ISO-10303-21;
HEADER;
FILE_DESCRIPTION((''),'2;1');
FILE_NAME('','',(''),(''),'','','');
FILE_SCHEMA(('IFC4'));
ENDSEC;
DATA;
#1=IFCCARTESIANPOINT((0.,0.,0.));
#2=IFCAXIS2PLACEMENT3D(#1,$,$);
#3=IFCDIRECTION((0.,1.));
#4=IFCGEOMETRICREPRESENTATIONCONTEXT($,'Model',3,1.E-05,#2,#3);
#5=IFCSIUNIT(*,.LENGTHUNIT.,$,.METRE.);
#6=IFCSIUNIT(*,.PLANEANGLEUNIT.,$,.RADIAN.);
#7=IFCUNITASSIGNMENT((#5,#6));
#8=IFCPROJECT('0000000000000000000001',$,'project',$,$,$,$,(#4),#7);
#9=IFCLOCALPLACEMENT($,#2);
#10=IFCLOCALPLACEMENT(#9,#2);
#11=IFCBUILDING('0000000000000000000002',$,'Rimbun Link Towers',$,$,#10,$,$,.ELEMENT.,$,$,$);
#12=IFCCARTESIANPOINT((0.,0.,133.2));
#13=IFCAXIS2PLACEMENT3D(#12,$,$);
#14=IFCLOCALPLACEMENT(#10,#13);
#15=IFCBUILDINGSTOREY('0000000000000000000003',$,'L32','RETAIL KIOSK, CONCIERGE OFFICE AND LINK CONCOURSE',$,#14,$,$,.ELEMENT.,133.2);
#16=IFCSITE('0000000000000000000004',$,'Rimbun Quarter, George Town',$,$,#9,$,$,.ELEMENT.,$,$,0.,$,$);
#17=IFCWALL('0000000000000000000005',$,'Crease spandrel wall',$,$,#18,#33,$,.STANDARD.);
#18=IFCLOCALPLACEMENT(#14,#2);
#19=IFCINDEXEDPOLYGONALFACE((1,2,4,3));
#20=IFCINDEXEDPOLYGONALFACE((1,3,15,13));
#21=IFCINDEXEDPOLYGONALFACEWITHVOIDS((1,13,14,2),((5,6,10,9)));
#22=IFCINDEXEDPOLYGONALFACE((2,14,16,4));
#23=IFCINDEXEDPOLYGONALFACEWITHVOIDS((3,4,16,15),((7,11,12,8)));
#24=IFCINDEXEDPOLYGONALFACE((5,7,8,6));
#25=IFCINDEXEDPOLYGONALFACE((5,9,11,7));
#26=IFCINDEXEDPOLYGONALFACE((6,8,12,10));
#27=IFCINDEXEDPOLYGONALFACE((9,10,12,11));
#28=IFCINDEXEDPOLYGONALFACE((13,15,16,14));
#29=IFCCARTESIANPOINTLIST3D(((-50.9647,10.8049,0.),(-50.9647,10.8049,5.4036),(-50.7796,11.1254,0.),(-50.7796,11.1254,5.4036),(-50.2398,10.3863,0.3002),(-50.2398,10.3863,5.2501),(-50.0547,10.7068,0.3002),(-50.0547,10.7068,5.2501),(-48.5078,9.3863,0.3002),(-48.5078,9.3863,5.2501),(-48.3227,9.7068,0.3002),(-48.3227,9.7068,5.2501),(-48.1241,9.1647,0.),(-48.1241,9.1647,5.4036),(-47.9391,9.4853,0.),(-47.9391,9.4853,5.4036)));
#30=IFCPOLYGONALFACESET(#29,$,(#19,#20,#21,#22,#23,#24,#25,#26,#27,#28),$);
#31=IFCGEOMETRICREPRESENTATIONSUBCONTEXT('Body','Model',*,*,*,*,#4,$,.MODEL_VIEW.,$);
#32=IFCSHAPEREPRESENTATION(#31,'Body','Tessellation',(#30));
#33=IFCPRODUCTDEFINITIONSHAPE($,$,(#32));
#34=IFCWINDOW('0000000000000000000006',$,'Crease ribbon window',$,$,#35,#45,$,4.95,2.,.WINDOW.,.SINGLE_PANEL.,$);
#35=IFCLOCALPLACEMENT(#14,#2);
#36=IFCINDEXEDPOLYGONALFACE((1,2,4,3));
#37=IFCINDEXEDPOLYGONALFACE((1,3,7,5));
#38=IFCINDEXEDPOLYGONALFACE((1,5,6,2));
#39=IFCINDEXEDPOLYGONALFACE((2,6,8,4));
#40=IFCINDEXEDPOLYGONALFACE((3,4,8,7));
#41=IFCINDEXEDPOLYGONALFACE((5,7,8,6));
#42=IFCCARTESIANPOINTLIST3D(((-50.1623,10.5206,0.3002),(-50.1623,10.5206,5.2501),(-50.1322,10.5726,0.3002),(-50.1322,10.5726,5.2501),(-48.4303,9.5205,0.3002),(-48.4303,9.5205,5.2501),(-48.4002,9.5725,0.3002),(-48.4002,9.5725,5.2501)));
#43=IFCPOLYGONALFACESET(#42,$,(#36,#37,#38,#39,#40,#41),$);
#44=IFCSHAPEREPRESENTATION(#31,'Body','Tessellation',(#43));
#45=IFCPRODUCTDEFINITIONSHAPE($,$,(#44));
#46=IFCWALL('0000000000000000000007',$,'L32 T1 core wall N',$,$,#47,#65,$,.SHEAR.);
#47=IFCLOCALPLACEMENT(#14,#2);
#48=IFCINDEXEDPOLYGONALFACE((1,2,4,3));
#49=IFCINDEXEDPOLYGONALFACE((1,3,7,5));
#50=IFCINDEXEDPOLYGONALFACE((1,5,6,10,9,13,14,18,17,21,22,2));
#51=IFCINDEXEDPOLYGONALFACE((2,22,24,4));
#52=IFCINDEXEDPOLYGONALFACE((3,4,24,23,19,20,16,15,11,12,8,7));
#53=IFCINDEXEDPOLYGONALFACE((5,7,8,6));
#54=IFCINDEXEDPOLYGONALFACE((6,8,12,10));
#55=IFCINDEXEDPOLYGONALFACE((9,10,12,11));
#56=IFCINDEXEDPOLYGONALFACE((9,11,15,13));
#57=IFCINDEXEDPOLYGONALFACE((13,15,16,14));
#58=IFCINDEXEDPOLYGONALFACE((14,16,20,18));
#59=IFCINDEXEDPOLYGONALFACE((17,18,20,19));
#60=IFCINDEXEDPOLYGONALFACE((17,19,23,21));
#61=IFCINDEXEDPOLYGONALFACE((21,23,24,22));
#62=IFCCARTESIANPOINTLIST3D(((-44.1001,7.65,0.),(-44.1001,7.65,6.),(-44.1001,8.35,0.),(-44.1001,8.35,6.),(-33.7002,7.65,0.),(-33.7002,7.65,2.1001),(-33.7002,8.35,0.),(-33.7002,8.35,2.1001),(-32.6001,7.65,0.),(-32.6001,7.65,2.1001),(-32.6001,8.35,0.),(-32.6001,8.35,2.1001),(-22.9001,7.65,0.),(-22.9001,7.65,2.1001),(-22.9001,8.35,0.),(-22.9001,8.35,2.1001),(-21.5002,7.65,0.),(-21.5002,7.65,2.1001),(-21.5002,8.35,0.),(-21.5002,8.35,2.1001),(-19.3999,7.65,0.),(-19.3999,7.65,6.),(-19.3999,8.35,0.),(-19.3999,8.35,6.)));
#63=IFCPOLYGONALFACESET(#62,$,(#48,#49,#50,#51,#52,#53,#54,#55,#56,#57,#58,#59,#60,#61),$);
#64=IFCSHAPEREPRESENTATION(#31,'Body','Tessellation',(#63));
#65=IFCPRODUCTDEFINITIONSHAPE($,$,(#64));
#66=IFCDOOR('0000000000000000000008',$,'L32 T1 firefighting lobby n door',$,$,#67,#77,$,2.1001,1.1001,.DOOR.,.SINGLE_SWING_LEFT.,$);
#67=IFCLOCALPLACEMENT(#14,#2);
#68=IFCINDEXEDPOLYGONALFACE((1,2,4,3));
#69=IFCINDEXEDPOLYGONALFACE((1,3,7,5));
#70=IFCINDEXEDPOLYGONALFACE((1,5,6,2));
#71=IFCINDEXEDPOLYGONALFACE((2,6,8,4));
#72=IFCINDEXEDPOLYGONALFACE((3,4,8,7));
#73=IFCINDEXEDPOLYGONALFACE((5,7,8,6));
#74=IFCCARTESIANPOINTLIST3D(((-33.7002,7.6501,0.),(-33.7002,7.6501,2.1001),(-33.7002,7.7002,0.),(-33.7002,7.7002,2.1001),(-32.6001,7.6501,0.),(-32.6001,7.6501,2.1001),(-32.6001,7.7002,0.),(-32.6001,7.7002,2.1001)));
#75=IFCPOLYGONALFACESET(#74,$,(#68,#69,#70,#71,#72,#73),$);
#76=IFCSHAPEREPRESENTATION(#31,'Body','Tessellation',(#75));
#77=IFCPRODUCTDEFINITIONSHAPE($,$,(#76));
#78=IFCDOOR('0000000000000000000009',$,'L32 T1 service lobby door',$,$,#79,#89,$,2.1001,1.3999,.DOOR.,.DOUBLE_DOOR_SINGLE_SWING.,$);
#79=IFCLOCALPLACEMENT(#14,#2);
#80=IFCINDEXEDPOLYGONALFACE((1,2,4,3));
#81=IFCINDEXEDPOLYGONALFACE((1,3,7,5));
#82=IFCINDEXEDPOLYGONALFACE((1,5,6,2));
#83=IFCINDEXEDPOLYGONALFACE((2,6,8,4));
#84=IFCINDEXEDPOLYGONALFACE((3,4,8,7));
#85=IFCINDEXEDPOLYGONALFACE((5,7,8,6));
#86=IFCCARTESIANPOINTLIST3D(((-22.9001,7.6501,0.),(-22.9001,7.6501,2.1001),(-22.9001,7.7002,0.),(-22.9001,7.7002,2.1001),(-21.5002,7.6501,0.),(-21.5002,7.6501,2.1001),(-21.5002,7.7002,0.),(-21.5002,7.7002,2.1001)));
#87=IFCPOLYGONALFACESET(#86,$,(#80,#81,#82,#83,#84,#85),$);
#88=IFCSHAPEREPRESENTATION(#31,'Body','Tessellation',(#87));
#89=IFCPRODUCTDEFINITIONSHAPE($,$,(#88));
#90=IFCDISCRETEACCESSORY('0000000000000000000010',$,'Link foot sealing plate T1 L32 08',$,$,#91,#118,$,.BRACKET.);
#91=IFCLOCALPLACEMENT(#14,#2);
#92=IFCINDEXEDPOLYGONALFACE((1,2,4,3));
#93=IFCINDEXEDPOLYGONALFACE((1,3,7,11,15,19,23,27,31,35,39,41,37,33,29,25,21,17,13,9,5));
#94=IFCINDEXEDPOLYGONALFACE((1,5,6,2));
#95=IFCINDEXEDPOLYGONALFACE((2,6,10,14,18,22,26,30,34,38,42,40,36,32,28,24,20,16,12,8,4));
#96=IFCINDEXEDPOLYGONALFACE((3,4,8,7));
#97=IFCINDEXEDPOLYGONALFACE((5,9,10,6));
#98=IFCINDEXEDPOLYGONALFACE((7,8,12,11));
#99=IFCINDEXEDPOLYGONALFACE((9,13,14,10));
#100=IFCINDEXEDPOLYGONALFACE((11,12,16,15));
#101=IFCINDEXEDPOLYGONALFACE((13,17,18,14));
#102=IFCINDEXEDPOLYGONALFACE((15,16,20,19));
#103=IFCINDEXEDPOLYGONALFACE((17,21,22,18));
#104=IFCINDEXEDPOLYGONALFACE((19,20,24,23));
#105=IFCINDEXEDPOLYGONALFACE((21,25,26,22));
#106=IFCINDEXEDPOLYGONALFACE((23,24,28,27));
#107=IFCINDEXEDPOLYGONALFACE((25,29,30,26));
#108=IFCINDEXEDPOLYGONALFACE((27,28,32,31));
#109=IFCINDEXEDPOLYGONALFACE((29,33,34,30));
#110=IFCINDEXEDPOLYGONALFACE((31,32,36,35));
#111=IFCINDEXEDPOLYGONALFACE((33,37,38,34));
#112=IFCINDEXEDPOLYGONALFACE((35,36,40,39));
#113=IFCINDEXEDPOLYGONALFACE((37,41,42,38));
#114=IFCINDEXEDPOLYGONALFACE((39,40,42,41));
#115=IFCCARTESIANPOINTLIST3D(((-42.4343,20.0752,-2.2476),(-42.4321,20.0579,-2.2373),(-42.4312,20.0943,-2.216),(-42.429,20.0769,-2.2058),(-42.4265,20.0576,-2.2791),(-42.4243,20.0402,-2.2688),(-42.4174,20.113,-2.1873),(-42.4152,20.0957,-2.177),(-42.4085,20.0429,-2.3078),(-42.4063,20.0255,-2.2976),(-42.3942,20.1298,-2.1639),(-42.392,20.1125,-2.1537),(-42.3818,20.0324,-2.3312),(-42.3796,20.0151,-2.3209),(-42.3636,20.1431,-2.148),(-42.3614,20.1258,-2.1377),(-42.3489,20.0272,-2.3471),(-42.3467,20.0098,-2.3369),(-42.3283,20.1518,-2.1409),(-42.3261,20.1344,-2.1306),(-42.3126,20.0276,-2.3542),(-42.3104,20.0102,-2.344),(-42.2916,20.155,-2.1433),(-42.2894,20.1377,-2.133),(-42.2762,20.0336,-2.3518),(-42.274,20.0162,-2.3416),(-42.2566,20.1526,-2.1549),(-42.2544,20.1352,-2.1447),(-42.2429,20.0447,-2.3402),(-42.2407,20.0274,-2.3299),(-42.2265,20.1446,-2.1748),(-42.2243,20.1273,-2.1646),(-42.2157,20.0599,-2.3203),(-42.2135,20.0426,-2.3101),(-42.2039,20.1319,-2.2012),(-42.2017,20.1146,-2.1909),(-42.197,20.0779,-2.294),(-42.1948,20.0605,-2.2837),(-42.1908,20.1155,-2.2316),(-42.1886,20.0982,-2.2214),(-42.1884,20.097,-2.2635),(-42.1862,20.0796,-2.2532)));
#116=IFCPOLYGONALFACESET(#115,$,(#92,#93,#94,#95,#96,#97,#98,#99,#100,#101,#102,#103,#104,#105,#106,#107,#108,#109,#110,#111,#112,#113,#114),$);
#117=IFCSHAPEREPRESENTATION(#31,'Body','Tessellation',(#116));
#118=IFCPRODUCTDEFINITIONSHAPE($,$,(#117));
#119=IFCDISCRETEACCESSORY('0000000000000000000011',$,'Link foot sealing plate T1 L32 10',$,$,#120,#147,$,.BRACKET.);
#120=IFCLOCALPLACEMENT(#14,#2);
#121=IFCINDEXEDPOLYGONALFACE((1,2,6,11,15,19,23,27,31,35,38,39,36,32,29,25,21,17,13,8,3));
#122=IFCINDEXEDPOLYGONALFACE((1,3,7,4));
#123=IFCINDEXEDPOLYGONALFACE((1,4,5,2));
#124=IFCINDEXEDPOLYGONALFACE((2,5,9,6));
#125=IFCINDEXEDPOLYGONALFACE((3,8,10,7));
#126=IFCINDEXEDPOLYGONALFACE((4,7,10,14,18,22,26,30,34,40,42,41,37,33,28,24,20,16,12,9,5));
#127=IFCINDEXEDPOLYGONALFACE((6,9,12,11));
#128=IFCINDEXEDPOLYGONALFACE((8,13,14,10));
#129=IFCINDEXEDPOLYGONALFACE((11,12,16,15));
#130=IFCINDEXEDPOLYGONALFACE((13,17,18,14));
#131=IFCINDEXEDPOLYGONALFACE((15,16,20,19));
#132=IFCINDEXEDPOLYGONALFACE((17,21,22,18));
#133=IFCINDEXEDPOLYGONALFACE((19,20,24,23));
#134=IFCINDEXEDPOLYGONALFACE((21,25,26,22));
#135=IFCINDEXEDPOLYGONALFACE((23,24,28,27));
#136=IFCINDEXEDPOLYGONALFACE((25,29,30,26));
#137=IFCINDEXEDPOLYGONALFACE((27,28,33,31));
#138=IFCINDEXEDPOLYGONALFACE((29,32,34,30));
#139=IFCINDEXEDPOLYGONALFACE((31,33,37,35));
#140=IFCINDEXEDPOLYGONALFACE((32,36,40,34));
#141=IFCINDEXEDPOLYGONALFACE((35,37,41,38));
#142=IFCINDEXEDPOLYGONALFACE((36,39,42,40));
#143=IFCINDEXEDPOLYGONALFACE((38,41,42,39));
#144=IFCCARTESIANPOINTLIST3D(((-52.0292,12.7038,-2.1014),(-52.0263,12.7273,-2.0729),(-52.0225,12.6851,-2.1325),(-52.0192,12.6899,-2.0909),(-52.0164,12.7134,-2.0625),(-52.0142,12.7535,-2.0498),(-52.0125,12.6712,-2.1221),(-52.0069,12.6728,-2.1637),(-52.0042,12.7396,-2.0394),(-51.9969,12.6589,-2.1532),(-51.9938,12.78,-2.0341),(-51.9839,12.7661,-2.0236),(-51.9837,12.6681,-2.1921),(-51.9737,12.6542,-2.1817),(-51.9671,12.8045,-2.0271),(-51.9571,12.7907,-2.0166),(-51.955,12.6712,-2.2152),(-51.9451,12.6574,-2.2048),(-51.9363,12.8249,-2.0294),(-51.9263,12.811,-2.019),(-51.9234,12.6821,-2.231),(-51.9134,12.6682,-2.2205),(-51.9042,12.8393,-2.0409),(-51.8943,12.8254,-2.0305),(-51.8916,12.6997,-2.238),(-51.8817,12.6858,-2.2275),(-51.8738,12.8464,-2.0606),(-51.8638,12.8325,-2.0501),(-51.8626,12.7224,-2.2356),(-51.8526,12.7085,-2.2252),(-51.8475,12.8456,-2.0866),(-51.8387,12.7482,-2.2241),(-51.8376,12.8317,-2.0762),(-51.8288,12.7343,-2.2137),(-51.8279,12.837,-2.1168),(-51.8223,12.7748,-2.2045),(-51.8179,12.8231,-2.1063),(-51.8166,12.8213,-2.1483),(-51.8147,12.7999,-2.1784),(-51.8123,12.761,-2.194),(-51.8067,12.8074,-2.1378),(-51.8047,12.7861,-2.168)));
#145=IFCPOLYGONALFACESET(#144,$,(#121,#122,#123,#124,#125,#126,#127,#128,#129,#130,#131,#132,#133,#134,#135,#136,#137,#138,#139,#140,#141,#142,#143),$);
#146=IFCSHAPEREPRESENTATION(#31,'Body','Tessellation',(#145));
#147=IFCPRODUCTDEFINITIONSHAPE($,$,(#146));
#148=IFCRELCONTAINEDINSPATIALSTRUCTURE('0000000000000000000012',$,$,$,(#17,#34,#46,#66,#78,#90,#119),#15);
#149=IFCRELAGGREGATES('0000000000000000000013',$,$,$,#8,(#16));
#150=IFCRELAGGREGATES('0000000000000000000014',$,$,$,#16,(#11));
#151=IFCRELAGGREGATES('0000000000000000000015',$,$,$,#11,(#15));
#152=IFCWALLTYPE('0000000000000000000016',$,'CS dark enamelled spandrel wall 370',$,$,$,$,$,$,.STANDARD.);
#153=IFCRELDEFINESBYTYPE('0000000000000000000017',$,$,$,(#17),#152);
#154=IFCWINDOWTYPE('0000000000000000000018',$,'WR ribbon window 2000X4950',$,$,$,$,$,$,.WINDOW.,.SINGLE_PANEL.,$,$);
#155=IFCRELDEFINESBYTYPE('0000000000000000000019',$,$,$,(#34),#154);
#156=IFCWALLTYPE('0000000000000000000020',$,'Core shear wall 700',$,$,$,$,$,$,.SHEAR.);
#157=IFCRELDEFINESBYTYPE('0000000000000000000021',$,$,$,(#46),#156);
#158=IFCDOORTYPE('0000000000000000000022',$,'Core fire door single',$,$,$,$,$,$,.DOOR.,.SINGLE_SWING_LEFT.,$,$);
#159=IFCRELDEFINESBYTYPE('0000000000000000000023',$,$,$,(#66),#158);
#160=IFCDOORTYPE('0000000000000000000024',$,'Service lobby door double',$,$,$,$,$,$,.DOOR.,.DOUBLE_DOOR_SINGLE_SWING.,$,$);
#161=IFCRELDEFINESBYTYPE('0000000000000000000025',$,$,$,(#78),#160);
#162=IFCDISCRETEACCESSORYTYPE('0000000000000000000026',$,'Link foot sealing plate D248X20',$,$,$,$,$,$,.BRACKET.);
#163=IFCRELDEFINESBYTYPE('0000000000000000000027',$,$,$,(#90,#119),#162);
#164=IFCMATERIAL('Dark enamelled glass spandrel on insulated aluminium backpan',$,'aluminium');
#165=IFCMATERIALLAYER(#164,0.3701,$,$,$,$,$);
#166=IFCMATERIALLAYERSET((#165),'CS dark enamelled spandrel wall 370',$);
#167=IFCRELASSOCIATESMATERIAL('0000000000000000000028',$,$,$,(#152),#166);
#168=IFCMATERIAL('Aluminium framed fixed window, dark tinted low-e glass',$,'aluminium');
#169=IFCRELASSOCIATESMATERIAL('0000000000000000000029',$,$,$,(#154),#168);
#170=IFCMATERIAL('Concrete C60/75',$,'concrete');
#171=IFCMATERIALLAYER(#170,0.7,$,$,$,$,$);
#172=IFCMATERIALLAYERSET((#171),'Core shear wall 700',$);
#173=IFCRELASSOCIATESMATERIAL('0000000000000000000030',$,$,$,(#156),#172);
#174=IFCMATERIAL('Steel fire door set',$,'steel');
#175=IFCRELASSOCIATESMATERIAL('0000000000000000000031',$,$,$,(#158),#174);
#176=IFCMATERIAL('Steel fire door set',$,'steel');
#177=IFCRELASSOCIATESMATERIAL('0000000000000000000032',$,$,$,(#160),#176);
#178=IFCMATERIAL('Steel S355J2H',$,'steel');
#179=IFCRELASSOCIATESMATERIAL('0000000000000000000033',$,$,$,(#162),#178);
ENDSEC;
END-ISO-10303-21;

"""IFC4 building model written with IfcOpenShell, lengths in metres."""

from ifc_helpers import new_model, si_unit, direction, frame, frame_2d, origin, origin_2d, place, context, subcontext, project, spatial, rectangle, circle, extrude, material, layer, layer_set, material_profile, profile_set, type_object, element, fill, save


model = new_model("IFC4")

# Units and contexts
model_context = context("Model", 3, precision=1e-05, world=origin(), true_north=direction((0.0, 1.0)))
body_context = subcontext(model_context, "Body", "Model", "MODEL_VIEW")
ifc_project = project(units=[si_unit("LENGTHUNIT", "METRE"), si_unit("PLANEANGLEUNIT", "RADIAN")], contexts=[model_context])

# Site, building, storey
site_placement = place(None, origin())
site = spatial("IfcSite", under=ifc_project, at=site_placement, Name="Rimbun Quarter, George Town", CompositionType="ELEMENT", RefElevation=0.0)
building_placement = place(site_placement, origin())
building = spatial("IfcBuilding", under=site, at=building_placement, Name="Rimbun Link Towers", CompositionType="ELEMENT")
storey_placement = place(building_placement, frame((0.0, 0.0, 133.2)))
storey = spatial("IfcBuildingStorey", under=building, at=storey_placement, Name="L32", Description="RETAIL KIOSK, CONCIERGE OFFICE AND LINK CONCOURSE", CompositionType="ELEMENT", Elevation=133.2)

# Wall, opening, window
ifc_material_1 = material(Name="Dark enamelled glass spandrel on insulated aluminium backpan", Category="aluminium")
ifc_layer_1 = layer(ifc_material_1, 0.3701)
ifc_layer_set_1 = layer_set([ifc_layer_1], Name="CS dark enamelled spandrel wall 370")
wall_type_1 = type_object("IfcWallType", Name="CS dark enamelled spandrel wall 370", PredefinedType="STANDARD", material=ifc_layer_set_1)
wall_1_placement = place(storey_placement, frame((-48.0315, 9.325, 0.0), z_axis=(0.0, 0.0, 1.0), x_axis=(-0.866008, 0.50003, 0.0)))
wall_1 = element("IfcWall", 1, at=wall_1_placement, inside=storey, type_object=wall_type_1, Name="Crease spandrel wall", PredefinedType="STANDARD", context=body_context, shape_type="SweptSolid", body=[
    extrude(rectangle(XDim=3.28, YDim=0.3701, at=frame_2d((1.6401, 0.0))), origin(), (0.0, 0.0, 1.0), 5.4036),
])
opening_1_placement = place(wall_1_placement, frame((0.4431, 0.0, 0.3)))
opening_1 = element("IfcOpeningElement", 2, at=opening_1_placement, cuts=wall_1, PredefinedType="OPENING", context=body_context, shape_type="SweptSolid", body=[
    extrude(rectangle(XDim=2.0, YDim=4.95, at=frame_2d((1.0, 2.4751))), frame((0.0, 0.1951, 0.0), z_axis=(0.0, -1.0, 0.0), x_axis=(1.0, 0.0, 0.0)), (0.0, 0.0, 1.0), 0.3901),
])
ifc_material_2 = material(Name="Aluminium framed fixed window, dark tinted low-e glass", Category="aluminium")
window_type = type_object("IfcWindowType", Name="WR ribbon window 2000X4950", PartitioningType="SINGLE_PANEL", PredefinedType="WINDOW", material=ifc_material_2)
window_placement = place(opening_1_placement, origin())
window = element("IfcWindow", 3, at=window_placement, inside=storey, type_object=window_type, Name="Crease ribbon window", OverallHeight=4.95, OverallWidth=2.0, PartitioningType="SINGLE_PANEL", PredefinedType="WINDOW", context=body_context, shape_type="SweptSolid", body=[
    extrude(rectangle(XDim=2.0, YDim=4.95, at=frame_2d((1.0, 2.4751))), frame((0.0, 0.03, 0.0), z_axis=(0.0, -1.0, 0.0), x_axis=(1.0, 0.0, 0.0)), (0.0, 0.0, 1.0), 0.0601),
])
fill(opening_1, window)

# Wall, openings, doors
ifc_material_3 = material(Name="Concrete C60/75", Category="concrete")
ifc_layer_2 = layer(ifc_material_3, 0.7)
ifc_layer_set_2 = layer_set([ifc_layer_2], Name="Core shear wall 700")
wall_type_2 = type_object("IfcWallType", Name="Core shear wall 700", PredefinedType="SHEAR", material=ifc_layer_set_2)
wall_2_placement = place(storey_placement, frame((-44.1001, 8.0, 0.0), z_axis=(0.0, 0.0, 1.0), x_axis=(1.0, 0.0, 0.0)))
wall_2 = element("IfcWall", 4, at=wall_2_placement, inside=storey, type_object=wall_type_2, Name="L32 T1 core wall N", PredefinedType="SHEAR", context=body_context, shape_type="SweptSolid", body=[
    extrude(rectangle(XDim=24.7002, YDim=0.7, at=frame_2d((12.3501, 0.0))), origin(), (0.0, 0.0, 1.0), 6.0),
])
opening_2_placement = place(wall_2_placement, frame((10.3999, 0.0, 0.0)))
opening_2 = element("IfcOpeningElement", 5, at=opening_2_placement, cuts=wall_2, PredefinedType="OPENING", context=body_context, shape_type="SweptSolid", body=[
    extrude(rectangle(XDim=1.1001, YDim=2.1001, at=frame_2d((0.55, 1.05))), frame((0.0, 0.3599, 0.0), z_axis=(0.0, -1.0, 0.0), x_axis=(1.0, 0.0, 0.0)), (0.0, 0.0, 1.0), 0.72),
])
opening_3_placement = place(wall_2_placement, frame((21.2, 0.0, 0.0)))
opening_3 = element("IfcOpeningElement", 6, at=opening_3_placement, cuts=wall_2, PredefinedType="OPENING", context=body_context, shape_type="SweptSolid", body=[
    extrude(rectangle(XDim=1.3999, YDim=2.1001, at=frame_2d((0.7, 1.05))), frame((0.0, 0.3599, 0.0), z_axis=(0.0, -1.0, 0.0), x_axis=(1.0, 0.0, 0.0)), (0.0, 0.0, 1.0), 0.72),
])
ifc_material_4 = material(Name="Steel fire door set", Category="steel")
door_type_1 = type_object("IfcDoorType", Name="Core fire door single", OperationType="SINGLE_SWING_LEFT", PredefinedType="DOOR", material=ifc_material_4)
door_1_placement = place(opening_2_placement, origin())
door_1 = element("IfcDoor", 7, at=door_1_placement, inside=storey, type_object=door_type_1, Name="L32 T1 firefighting lobby n door", OperationType="SINGLE_SWING_LEFT", OverallHeight=2.1001, OverallWidth=1.1001, PredefinedType="DOOR", context=body_context, shape_type="SweptSolid", body=[
    extrude(rectangle(XDim=1.1001, YDim=2.1001, at=frame_2d((0.55, 1.05))), frame((0.0, -0.2998, 0.0), z_axis=(0.0, -1.0, 0.0), x_axis=(1.0, 0.0, 0.0)), (0.0, 0.0, 1.0), 0.05),
])
fill(opening_2, door_1)
ifc_material_5 = material(Name="Steel fire door set", Category="steel")
door_type_2 = type_object("IfcDoorType", Name="Service lobby door double", OperationType="DOUBLE_DOOR_SINGLE_SWING", PredefinedType="DOOR", material=ifc_material_5)
door_2_placement = place(opening_3_placement, origin())
door_2 = element("IfcDoor", 8, at=door_2_placement, inside=storey, type_object=door_type_2, Name="L32 T1 service lobby door", OperationType="DOUBLE_DOOR_SINGLE_SWING", OverallHeight=2.1001, OverallWidth=1.3999, PredefinedType="DOOR", context=body_context, shape_type="SweptSolid", body=[
    extrude(rectangle(XDim=1.3999, YDim=2.1001, at=frame_2d((0.7, 1.05))), frame((0.0, -0.2998, 0.0), z_axis=(0.0, -1.0, 0.0), x_axis=(1.0, 0.0, 0.0)), (0.0, 0.0, 1.0), 0.05),
])
fill(opening_3, door_2)

# Discrete accessories
ifc_material_6 = material(Name="Steel S355J2H", Category="steel")
ifc_material_profile_1 = material_profile(ifc_material_6, circle(Radius=0.124, at=origin_2d()), Name="PL D248")
ifc_profile_set_1 = profile_set([ifc_material_profile_1], Name="Steel S355J2H")
discrete_accessory_type = type_object("IfcDiscreteAccessoryType", Name="Link foot sealing plate D248X20", PredefinedType="BRACKET", material=ifc_profile_set_1)
discrete_accessory_1_placement = place(storey_placement, frame((-42.3091, 20.0735, -2.2373), z_axis=(-0.108457, 0.855608, -0.506134), x_axis=(-0.992061, -0.125754, 0.0)))
element("IfcDiscreteAccessory", 9, at=discrete_accessory_1_placement, inside=storey, type_object=discrete_accessory_type, Name="Link foot sealing plate T1 L32 08", PredefinedType="BRACKET", context=body_context, shape_type="SweptSolid", body=[
    extrude(circle(Radius=0.124, at=origin_2d()), origin(), (0.0, 0.0, 1.0), 0.0203),
])
discrete_accessory_2_placement = place(storey_placement, frame((-51.9119, 12.7437, -2.1221), z_axis=(-0.497968, 0.692296, -0.522259), x_axis=(-0.811804, -0.583929, 0.0)))
element("IfcDiscreteAccessory", 10, at=discrete_accessory_2_placement, inside=storey, type_object=discrete_accessory_type, Name="Link foot sealing plate T1 L32 10", PredefinedType="BRACKET", context=body_context, shape_type="SweptSolid", body=[
    extrude(circle(Radius=0.124, at=origin_2d()), origin(), (0.0, 0.0, 1.0), 0.02),
])

save(model, "model.ifc")
